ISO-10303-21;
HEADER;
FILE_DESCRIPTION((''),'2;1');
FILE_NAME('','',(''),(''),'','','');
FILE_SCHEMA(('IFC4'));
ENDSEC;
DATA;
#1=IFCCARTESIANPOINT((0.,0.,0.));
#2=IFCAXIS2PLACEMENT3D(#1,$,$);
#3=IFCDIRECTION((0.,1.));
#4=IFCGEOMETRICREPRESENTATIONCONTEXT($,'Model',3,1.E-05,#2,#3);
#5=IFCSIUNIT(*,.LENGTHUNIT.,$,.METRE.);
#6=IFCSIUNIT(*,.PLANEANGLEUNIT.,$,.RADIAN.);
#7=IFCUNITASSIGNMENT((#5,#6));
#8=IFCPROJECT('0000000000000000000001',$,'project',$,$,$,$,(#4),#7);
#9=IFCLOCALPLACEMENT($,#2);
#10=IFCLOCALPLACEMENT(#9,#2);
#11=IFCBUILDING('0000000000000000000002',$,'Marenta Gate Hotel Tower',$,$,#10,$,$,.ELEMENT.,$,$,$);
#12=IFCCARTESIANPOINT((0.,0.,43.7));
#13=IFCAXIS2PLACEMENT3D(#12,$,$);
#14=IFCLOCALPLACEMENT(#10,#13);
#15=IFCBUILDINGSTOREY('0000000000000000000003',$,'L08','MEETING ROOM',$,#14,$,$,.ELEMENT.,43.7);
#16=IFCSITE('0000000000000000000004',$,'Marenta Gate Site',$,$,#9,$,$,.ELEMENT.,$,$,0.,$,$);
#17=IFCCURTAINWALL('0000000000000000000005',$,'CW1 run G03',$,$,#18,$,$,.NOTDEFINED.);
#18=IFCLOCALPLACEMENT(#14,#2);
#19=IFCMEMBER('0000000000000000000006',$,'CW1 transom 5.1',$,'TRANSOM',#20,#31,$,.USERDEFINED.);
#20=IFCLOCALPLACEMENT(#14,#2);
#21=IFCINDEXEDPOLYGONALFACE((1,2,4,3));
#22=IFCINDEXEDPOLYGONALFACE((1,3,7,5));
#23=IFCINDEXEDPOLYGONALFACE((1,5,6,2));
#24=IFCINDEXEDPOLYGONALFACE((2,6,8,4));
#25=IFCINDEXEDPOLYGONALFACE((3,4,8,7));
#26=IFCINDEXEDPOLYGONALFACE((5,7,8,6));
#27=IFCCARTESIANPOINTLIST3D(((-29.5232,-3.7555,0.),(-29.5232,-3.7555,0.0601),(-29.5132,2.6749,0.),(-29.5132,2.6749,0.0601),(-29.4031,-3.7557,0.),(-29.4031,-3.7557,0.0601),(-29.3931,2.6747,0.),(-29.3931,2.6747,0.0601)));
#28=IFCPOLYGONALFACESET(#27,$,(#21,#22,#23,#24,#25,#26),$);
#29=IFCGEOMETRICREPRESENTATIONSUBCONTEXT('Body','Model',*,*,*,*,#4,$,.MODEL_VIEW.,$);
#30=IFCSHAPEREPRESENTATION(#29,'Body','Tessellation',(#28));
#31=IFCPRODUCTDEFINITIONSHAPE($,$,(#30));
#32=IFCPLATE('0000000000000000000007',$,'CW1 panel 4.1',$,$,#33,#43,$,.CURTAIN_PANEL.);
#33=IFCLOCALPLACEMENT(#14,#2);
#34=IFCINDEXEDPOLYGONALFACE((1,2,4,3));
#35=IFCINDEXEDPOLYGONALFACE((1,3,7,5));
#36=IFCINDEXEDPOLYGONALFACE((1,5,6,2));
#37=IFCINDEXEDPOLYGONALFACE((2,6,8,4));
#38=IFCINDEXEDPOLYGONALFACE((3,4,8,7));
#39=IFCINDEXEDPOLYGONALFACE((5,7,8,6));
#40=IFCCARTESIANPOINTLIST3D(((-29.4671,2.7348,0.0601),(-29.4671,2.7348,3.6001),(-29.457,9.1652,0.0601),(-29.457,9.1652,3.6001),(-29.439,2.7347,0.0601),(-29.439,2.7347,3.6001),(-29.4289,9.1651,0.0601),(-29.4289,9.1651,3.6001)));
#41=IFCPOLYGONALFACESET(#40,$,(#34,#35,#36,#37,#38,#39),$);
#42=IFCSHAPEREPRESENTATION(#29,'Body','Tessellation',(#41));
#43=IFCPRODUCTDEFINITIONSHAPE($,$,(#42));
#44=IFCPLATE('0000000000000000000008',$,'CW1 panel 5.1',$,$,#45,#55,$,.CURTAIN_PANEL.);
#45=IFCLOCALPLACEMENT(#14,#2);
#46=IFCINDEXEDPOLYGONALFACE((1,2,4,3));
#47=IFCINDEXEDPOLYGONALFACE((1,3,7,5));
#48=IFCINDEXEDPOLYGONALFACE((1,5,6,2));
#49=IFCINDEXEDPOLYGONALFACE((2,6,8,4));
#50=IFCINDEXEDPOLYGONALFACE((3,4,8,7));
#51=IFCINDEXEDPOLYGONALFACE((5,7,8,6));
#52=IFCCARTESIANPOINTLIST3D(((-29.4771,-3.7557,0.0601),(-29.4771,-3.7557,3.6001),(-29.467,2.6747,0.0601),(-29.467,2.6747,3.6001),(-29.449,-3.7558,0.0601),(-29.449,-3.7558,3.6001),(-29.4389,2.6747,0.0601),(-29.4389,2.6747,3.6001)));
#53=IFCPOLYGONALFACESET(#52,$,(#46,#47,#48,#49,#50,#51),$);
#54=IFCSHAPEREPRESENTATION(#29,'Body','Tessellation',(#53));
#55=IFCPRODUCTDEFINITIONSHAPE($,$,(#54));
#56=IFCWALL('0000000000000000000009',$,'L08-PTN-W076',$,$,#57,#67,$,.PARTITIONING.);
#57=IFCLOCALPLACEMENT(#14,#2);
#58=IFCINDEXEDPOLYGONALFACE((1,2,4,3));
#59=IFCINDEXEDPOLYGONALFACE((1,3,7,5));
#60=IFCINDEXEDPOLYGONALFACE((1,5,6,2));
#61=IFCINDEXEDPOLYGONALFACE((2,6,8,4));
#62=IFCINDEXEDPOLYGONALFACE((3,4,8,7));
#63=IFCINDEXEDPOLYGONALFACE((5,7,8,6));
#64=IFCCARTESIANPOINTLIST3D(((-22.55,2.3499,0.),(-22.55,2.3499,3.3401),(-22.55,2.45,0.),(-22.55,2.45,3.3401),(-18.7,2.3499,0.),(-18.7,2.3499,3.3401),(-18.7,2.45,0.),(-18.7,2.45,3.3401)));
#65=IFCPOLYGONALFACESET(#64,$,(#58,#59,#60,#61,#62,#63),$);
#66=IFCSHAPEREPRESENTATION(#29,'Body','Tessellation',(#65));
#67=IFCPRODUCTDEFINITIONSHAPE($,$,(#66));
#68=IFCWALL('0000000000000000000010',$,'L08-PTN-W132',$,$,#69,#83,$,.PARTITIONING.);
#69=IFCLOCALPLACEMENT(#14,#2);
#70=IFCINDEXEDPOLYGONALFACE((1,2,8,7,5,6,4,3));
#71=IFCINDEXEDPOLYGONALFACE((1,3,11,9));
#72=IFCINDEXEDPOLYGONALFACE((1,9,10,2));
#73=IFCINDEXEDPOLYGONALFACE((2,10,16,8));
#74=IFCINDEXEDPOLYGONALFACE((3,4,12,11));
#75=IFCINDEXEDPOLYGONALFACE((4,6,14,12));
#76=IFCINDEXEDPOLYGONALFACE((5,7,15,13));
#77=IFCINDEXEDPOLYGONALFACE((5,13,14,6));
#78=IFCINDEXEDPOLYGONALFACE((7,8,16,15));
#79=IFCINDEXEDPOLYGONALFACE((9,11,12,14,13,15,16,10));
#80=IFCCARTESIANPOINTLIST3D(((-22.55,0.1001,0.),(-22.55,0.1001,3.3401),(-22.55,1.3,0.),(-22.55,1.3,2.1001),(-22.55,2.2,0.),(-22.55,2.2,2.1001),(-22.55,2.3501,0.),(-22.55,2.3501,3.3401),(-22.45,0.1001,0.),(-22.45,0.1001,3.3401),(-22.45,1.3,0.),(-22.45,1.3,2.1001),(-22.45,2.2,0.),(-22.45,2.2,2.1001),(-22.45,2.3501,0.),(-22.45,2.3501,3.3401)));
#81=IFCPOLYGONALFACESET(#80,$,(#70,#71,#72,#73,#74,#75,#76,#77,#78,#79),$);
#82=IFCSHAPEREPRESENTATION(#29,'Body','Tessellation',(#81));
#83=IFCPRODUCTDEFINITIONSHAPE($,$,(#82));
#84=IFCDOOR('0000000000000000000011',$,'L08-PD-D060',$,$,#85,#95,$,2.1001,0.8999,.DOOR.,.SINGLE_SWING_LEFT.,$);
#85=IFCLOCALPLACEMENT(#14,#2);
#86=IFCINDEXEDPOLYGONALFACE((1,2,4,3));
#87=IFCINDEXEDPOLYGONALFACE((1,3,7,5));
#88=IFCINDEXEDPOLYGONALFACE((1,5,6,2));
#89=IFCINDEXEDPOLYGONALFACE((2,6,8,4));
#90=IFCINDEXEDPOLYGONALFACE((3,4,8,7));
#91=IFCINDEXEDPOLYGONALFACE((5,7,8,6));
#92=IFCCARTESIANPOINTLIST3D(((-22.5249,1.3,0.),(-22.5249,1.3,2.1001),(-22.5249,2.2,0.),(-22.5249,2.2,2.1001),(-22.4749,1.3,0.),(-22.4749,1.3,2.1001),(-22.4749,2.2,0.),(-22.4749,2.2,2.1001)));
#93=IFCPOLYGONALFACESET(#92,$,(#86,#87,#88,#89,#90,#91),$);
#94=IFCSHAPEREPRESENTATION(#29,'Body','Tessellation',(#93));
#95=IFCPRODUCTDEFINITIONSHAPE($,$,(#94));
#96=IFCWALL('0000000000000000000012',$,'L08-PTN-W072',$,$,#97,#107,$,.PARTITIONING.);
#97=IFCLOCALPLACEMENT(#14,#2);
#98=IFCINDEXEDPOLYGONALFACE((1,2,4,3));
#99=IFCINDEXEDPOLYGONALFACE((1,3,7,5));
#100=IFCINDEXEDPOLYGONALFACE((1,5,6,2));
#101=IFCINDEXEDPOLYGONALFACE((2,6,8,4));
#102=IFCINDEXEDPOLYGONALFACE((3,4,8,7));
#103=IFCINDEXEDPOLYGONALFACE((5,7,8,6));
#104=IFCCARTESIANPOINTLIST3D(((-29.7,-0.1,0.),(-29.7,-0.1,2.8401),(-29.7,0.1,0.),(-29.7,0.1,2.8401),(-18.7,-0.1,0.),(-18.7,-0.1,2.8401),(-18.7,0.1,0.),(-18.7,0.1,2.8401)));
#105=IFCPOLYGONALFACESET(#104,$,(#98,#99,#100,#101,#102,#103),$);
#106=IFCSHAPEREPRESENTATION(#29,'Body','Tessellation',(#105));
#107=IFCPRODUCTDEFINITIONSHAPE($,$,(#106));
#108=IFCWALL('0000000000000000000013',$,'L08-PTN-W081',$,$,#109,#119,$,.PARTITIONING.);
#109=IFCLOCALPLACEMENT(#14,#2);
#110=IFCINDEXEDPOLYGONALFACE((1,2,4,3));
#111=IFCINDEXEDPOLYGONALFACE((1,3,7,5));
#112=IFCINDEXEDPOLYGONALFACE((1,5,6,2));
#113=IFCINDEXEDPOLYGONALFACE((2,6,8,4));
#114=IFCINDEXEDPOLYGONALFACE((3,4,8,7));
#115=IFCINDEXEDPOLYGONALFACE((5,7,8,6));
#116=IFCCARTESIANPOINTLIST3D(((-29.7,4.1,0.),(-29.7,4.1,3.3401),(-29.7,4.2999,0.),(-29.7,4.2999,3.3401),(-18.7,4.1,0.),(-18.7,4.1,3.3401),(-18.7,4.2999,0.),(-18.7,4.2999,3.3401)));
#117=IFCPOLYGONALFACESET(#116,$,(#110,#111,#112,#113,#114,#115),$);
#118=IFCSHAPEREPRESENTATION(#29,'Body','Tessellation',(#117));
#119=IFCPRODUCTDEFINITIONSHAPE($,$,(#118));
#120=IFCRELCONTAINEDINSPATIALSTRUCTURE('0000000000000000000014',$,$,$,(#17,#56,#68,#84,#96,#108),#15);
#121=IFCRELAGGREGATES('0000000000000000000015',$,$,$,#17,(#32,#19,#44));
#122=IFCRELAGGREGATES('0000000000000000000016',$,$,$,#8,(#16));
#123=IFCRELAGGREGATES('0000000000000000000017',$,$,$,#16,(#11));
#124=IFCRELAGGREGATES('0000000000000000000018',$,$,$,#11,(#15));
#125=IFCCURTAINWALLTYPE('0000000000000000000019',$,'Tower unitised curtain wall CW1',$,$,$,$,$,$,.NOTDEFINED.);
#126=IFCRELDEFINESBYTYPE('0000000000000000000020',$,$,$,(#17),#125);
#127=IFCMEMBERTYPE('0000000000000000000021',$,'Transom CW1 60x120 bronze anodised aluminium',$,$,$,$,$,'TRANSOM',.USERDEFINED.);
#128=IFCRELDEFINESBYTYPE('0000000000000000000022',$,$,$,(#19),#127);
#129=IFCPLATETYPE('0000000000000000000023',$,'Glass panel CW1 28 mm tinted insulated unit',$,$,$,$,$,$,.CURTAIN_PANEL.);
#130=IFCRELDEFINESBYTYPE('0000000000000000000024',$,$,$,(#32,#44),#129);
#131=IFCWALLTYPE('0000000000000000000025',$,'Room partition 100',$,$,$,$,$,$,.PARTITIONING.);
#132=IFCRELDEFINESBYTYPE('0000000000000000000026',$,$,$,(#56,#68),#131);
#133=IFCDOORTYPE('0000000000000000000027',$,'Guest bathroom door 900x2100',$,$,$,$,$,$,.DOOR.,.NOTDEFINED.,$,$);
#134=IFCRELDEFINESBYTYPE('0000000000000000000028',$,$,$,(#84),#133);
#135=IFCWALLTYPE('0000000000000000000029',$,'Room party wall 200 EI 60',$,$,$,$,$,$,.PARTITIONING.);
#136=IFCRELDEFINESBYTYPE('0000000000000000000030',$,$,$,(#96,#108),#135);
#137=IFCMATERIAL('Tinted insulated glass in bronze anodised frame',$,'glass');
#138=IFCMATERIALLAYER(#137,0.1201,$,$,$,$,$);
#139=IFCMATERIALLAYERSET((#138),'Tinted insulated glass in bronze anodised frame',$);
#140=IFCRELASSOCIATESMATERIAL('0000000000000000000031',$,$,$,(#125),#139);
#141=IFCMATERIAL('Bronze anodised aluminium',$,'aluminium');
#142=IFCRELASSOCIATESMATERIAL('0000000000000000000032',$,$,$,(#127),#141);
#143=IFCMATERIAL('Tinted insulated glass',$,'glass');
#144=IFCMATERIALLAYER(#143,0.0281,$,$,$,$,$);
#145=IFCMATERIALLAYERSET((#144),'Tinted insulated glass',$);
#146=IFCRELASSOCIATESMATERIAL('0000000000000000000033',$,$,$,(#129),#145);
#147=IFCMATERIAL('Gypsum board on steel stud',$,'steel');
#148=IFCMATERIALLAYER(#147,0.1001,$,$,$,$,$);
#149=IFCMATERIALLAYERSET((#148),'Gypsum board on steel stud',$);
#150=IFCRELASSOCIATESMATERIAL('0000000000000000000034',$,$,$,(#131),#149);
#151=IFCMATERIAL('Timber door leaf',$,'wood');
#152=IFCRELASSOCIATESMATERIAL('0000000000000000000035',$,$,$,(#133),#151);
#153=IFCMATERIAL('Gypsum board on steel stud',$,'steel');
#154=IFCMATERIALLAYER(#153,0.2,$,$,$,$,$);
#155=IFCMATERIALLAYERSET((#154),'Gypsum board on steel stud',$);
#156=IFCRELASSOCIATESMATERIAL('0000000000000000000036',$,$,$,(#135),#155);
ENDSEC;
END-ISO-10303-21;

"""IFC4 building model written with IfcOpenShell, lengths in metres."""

from ifc_helpers import new_model, si_unit, direction, frame, frame_2d, origin, origin_2d, place, context, subcontext, project, spatial, rectangle, extrude, material, layer, layer_set, material_profile, profile_set, type_object, element, fill, aggregate, save


model = new_model("IFC4")

# Units and contexts
model_context = context("Model", 3, precision=1e-05, world=origin(), true_north=direction((0.0, 1.0)))
body_context = subcontext(model_context, "Body", "Model", "MODEL_VIEW")
ifc_project = project(units=[si_unit("LENGTHUNIT", "METRE"), si_unit("PLANEANGLEUNIT", "RADIAN")], contexts=[model_context])

# Site, building, storey
site_placement = place(None, origin())
site = spatial("IfcSite", under=ifc_project, at=site_placement, Name="Marenta Gate Site", CompositionType="ELEMENT", RefElevation=0.0)
building_placement = place(site_placement, origin())
building = spatial("IfcBuilding", under=site, at=building_placement, Name="Marenta Gate Hotel Tower", CompositionType="ELEMENT")
storey_placement = place(building_placement, frame((0.0, 0.0, 43.7)))
storey = spatial("IfcBuildingStorey", under=building, at=storey_placement, Name="L08", Description="MEETING ROOM", CompositionType="ELEMENT", Elevation=43.7)

# Curtain wall, member, plates
ifc_material_1 = material(Name="Tinted insulated glass in bronze anodised frame", Category="glass")
ifc_layer_1 = layer(ifc_material_1, 0.1201)
ifc_layer_set_1 = layer_set([ifc_layer_1], Name="Tinted insulated glass in bronze anodised frame")
curtain_wall_type = type_object("IfcCurtainWallType", Name="Tower unitised curtain wall CW1", PredefinedType="NOTDEFINED", material=ifc_layer_set_1)
curtain_wall_placement = place(storey_placement, origin())
curtain_wall = element("IfcCurtainWall", 1, at=curtain_wall_placement, inside=storey, type_object=curtain_wall_type, Name="CW1 run G03", PredefinedType="NOTDEFINED")
ifc_material_2 = material(Name="Bronze anodised aluminium", Category="aluminium")
ifc_material_profile_1 = material_profile(ifc_material_2, rectangle(XDim=0.1201, YDim=0.0601, at=origin_2d()), Name="Transom CW1 60x120 bronze anodised aluminium")
ifc_profile_set_1 = profile_set([ifc_material_profile_1], Name="Bronze anodised aluminium")
member_type_1 = type_object("IfcMemberType", Name="Transom CW1 60x120 bronze anodised aluminium", ElementType="TRANSOM", PredefinedType="USERDEFINED", material=ifc_profile_set_1)
member_1_placement = place(storey_placement, frame((-29.4531, 2.6748, 0.03), z_axis=(-0.001557, -0.999999, 0.0), x_axis=(0.999999, -0.001557, 0.0)))
member_1 = element("IfcMember", 2, at=member_1_placement, type_object=member_type_1, Name="CW1 transom 5.1", ObjectType="TRANSOM", PredefinedType="USERDEFINED", context=body_context, shape_type="SweptSolid", body=[
    extrude(rectangle(XDim=0.1201, YDim=0.0601, at=origin_2d()), origin(), (0.0, 0.0, 1.0), 6.4304),
])
ifc_material_3 = material(Name="Tinted insulated glass", Category="glass")
ifc_layer_2 = layer(ifc_material_3, 0.0281)
ifc_layer_set_2 = layer_set([ifc_layer_2], Name="Tinted insulated glass")
plate_type = type_object("IfcPlateType", Name="Glass panel CW1 28 mm tinted insulated unit", PredefinedType="CURTAIN_PANEL", material=ifc_layer_set_2)
plate_1_placement = place(storey_placement, frame((-29.448, 5.95, 0.0601), z_axis=(0.0, 0.0, 1.0), x_axis=(-0.001566, -0.999999, 0.0)))
plate_1 = element("IfcPlate", 3, at=plate_1_placement, type_object=plate_type, Name="CW1 panel 4.1", PredefinedType="CURTAIN_PANEL", context=body_context, shape_type="SweptSolid", body=[
    extrude(rectangle(XDim=6.4304, YDim=0.0281, at=origin_2d()), origin(), (0.0, 0.0, 1.0), 3.54),
])
plate_2_placement = place(storey_placement, frame((-29.458, -0.5405, 0.0601), z_axis=(0.0, 0.0, 1.0), x_axis=(-0.001566, -0.999999, 0.0)))
plate_2 = element("IfcPlate", 4, at=plate_2_placement, type_object=plate_type, Name="CW1 panel 5.1", PredefinedType="CURTAIN_PANEL", context=body_context, shape_type="SweptSolid", body=[
    extrude(rectangle(XDim=6.4304, YDim=0.0281, at=origin_2d()), origin(), (0.0, 0.0, 1.0), 3.54),
])
aggregate(curtain_wall, [plate_1, member_1, plate_2])

# Wall
ifc_material_4 = material(Name="Gypsum board on steel stud", Category="steel")
ifc_layer_3 = layer(ifc_material_4, 0.1001)
ifc_layer_set_3 = layer_set([ifc_layer_3], Name="Gypsum board on steel stud")
wall_type_1 = type_object("IfcWallType", Name="Room partition 100", PredefinedType="PARTITIONING", material=ifc_layer_set_3)
wall_1_placement = place(storey_placement, frame((-22.55, 2.3999, 0.0), z_axis=(0.0, 0.0, 1.0), x_axis=(1.0, 0.0, 0.0)))
element("IfcWall", 5, at=wall_1_placement, inside=storey, type_object=wall_type_1, Name="L08-PTN-W076", PredefinedType="PARTITIONING", context=body_context, shape_type="SweptSolid", body=[
    extrude(rectangle(XDim=3.8501, YDim=0.1001, at=frame_2d((1.925, 0.0))), origin(), (0.0, 0.0, 1.0), 3.3401),
])

# Wall, opening, door
wall_2_placement = place(storey_placement, frame((-22.5, 0.1001, 0.0), z_axis=(0.0, 0.0, 1.0), x_axis=(0.0, 1.0, 0.0)))
wall_2 = element("IfcWall", 6, at=wall_2_placement, inside=storey, type_object=wall_type_1, Name="L08-PTN-W132", PredefinedType="PARTITIONING", context=body_context, shape_type="SweptSolid", body=[
    extrude(rectangle(XDim=2.25, YDim=0.1001, at=frame_2d((1.125, 0.0))), origin(), (0.0, 0.0, 1.0), 3.3401),
])
opening_1_placement = place(wall_2_placement, frame((1.2, 0.0, 0.0)))
opening_1 = element("IfcOpeningElement", 7, at=opening_1_placement, cuts=wall_2, PredefinedType="OPENING", context=body_context, shape_type="SweptSolid", body=[
    extrude(rectangle(XDim=0.8999, YDim=2.1001, at=frame_2d((0.45, 1.05))), frame((0.0, 0.05, 0.0), z_axis=(0.0, -1.0, 0.0), x_axis=(1.0, 0.0, 0.0)), (0.0, 0.0, 1.0), 0.1001),
])
ifc_material_5 = material(Name="Timber door leaf", Category="wood")
door_type_1 = type_object("IfcDoorType", Name="Guest bathroom door 900x2100", OperationType="NOTDEFINED", PredefinedType="DOOR", material=ifc_material_5)
door_1_placement = place(opening_1_placement, origin())
door_1 = element("IfcDoor", 8, at=door_1_placement, inside=storey, type_object=door_type_1, Name="L08-PD-D060", OperationType="SINGLE_SWING_LEFT", OverallHeight=2.1001, OverallWidth=0.8999, PredefinedType="DOOR", context=body_context, shape_type="SweptSolid", body=[
    extrude(rectangle(XDim=0.8999, YDim=2.1001, at=frame_2d((0.45, 1.05))), frame((0.0, 0.0249, 0.0), z_axis=(0.0, -1.0, 0.0), x_axis=(1.0, 0.0, 0.0)), (0.0, 0.0, 1.0), 0.05),
])
fill(opening_1, door_1)

# Walls
ifc_material_6 = material(Name="Gypsum board on steel stud", Category="steel")
ifc_layer_4 = layer(ifc_material_6, 0.2)
ifc_layer_set_4 = layer_set([ifc_layer_4], Name="Gypsum board on steel stud")
wall_type_2 = type_object("IfcWallType", Name="Room party wall 200 EI 60", PredefinedType="PARTITIONING", material=ifc_layer_set_4)
wall_3_placement = place(storey_placement, frame((-29.7, 0.0, 0.0), z_axis=(0.0, 0.0, 1.0), x_axis=(1.0, 0.0, 0.0)))
element("IfcWall", 9, at=wall_3_placement, inside=storey, type_object=wall_type_2, Name="L08-PTN-W072", PredefinedType="PARTITIONING", context=body_context, shape_type="SweptSolid", body=[
    extrude(rectangle(XDim=11.0, YDim=0.2, at=frame_2d((5.5, 0.0))), origin(), (0.0, 0.0, 1.0), 2.8401),
])
wall_4_placement = place(storey_placement, frame((-29.7, 4.2, 0.0), z_axis=(0.0, 0.0, 1.0), x_axis=(1.0, 0.0, 0.0)))
element("IfcWall", 10, at=wall_4_placement, inside=storey, type_object=wall_type_2, Name="L08-PTN-W081", PredefinedType="PARTITIONING", context=body_context, shape_type="SweptSolid", body=[
    extrude(rectangle(XDim=11.0, YDim=0.2, at=frame_2d((5.5, 0.0))), origin(), (0.0, 0.0, 1.0), 3.3401),
])

save(model, "model.ifc")
